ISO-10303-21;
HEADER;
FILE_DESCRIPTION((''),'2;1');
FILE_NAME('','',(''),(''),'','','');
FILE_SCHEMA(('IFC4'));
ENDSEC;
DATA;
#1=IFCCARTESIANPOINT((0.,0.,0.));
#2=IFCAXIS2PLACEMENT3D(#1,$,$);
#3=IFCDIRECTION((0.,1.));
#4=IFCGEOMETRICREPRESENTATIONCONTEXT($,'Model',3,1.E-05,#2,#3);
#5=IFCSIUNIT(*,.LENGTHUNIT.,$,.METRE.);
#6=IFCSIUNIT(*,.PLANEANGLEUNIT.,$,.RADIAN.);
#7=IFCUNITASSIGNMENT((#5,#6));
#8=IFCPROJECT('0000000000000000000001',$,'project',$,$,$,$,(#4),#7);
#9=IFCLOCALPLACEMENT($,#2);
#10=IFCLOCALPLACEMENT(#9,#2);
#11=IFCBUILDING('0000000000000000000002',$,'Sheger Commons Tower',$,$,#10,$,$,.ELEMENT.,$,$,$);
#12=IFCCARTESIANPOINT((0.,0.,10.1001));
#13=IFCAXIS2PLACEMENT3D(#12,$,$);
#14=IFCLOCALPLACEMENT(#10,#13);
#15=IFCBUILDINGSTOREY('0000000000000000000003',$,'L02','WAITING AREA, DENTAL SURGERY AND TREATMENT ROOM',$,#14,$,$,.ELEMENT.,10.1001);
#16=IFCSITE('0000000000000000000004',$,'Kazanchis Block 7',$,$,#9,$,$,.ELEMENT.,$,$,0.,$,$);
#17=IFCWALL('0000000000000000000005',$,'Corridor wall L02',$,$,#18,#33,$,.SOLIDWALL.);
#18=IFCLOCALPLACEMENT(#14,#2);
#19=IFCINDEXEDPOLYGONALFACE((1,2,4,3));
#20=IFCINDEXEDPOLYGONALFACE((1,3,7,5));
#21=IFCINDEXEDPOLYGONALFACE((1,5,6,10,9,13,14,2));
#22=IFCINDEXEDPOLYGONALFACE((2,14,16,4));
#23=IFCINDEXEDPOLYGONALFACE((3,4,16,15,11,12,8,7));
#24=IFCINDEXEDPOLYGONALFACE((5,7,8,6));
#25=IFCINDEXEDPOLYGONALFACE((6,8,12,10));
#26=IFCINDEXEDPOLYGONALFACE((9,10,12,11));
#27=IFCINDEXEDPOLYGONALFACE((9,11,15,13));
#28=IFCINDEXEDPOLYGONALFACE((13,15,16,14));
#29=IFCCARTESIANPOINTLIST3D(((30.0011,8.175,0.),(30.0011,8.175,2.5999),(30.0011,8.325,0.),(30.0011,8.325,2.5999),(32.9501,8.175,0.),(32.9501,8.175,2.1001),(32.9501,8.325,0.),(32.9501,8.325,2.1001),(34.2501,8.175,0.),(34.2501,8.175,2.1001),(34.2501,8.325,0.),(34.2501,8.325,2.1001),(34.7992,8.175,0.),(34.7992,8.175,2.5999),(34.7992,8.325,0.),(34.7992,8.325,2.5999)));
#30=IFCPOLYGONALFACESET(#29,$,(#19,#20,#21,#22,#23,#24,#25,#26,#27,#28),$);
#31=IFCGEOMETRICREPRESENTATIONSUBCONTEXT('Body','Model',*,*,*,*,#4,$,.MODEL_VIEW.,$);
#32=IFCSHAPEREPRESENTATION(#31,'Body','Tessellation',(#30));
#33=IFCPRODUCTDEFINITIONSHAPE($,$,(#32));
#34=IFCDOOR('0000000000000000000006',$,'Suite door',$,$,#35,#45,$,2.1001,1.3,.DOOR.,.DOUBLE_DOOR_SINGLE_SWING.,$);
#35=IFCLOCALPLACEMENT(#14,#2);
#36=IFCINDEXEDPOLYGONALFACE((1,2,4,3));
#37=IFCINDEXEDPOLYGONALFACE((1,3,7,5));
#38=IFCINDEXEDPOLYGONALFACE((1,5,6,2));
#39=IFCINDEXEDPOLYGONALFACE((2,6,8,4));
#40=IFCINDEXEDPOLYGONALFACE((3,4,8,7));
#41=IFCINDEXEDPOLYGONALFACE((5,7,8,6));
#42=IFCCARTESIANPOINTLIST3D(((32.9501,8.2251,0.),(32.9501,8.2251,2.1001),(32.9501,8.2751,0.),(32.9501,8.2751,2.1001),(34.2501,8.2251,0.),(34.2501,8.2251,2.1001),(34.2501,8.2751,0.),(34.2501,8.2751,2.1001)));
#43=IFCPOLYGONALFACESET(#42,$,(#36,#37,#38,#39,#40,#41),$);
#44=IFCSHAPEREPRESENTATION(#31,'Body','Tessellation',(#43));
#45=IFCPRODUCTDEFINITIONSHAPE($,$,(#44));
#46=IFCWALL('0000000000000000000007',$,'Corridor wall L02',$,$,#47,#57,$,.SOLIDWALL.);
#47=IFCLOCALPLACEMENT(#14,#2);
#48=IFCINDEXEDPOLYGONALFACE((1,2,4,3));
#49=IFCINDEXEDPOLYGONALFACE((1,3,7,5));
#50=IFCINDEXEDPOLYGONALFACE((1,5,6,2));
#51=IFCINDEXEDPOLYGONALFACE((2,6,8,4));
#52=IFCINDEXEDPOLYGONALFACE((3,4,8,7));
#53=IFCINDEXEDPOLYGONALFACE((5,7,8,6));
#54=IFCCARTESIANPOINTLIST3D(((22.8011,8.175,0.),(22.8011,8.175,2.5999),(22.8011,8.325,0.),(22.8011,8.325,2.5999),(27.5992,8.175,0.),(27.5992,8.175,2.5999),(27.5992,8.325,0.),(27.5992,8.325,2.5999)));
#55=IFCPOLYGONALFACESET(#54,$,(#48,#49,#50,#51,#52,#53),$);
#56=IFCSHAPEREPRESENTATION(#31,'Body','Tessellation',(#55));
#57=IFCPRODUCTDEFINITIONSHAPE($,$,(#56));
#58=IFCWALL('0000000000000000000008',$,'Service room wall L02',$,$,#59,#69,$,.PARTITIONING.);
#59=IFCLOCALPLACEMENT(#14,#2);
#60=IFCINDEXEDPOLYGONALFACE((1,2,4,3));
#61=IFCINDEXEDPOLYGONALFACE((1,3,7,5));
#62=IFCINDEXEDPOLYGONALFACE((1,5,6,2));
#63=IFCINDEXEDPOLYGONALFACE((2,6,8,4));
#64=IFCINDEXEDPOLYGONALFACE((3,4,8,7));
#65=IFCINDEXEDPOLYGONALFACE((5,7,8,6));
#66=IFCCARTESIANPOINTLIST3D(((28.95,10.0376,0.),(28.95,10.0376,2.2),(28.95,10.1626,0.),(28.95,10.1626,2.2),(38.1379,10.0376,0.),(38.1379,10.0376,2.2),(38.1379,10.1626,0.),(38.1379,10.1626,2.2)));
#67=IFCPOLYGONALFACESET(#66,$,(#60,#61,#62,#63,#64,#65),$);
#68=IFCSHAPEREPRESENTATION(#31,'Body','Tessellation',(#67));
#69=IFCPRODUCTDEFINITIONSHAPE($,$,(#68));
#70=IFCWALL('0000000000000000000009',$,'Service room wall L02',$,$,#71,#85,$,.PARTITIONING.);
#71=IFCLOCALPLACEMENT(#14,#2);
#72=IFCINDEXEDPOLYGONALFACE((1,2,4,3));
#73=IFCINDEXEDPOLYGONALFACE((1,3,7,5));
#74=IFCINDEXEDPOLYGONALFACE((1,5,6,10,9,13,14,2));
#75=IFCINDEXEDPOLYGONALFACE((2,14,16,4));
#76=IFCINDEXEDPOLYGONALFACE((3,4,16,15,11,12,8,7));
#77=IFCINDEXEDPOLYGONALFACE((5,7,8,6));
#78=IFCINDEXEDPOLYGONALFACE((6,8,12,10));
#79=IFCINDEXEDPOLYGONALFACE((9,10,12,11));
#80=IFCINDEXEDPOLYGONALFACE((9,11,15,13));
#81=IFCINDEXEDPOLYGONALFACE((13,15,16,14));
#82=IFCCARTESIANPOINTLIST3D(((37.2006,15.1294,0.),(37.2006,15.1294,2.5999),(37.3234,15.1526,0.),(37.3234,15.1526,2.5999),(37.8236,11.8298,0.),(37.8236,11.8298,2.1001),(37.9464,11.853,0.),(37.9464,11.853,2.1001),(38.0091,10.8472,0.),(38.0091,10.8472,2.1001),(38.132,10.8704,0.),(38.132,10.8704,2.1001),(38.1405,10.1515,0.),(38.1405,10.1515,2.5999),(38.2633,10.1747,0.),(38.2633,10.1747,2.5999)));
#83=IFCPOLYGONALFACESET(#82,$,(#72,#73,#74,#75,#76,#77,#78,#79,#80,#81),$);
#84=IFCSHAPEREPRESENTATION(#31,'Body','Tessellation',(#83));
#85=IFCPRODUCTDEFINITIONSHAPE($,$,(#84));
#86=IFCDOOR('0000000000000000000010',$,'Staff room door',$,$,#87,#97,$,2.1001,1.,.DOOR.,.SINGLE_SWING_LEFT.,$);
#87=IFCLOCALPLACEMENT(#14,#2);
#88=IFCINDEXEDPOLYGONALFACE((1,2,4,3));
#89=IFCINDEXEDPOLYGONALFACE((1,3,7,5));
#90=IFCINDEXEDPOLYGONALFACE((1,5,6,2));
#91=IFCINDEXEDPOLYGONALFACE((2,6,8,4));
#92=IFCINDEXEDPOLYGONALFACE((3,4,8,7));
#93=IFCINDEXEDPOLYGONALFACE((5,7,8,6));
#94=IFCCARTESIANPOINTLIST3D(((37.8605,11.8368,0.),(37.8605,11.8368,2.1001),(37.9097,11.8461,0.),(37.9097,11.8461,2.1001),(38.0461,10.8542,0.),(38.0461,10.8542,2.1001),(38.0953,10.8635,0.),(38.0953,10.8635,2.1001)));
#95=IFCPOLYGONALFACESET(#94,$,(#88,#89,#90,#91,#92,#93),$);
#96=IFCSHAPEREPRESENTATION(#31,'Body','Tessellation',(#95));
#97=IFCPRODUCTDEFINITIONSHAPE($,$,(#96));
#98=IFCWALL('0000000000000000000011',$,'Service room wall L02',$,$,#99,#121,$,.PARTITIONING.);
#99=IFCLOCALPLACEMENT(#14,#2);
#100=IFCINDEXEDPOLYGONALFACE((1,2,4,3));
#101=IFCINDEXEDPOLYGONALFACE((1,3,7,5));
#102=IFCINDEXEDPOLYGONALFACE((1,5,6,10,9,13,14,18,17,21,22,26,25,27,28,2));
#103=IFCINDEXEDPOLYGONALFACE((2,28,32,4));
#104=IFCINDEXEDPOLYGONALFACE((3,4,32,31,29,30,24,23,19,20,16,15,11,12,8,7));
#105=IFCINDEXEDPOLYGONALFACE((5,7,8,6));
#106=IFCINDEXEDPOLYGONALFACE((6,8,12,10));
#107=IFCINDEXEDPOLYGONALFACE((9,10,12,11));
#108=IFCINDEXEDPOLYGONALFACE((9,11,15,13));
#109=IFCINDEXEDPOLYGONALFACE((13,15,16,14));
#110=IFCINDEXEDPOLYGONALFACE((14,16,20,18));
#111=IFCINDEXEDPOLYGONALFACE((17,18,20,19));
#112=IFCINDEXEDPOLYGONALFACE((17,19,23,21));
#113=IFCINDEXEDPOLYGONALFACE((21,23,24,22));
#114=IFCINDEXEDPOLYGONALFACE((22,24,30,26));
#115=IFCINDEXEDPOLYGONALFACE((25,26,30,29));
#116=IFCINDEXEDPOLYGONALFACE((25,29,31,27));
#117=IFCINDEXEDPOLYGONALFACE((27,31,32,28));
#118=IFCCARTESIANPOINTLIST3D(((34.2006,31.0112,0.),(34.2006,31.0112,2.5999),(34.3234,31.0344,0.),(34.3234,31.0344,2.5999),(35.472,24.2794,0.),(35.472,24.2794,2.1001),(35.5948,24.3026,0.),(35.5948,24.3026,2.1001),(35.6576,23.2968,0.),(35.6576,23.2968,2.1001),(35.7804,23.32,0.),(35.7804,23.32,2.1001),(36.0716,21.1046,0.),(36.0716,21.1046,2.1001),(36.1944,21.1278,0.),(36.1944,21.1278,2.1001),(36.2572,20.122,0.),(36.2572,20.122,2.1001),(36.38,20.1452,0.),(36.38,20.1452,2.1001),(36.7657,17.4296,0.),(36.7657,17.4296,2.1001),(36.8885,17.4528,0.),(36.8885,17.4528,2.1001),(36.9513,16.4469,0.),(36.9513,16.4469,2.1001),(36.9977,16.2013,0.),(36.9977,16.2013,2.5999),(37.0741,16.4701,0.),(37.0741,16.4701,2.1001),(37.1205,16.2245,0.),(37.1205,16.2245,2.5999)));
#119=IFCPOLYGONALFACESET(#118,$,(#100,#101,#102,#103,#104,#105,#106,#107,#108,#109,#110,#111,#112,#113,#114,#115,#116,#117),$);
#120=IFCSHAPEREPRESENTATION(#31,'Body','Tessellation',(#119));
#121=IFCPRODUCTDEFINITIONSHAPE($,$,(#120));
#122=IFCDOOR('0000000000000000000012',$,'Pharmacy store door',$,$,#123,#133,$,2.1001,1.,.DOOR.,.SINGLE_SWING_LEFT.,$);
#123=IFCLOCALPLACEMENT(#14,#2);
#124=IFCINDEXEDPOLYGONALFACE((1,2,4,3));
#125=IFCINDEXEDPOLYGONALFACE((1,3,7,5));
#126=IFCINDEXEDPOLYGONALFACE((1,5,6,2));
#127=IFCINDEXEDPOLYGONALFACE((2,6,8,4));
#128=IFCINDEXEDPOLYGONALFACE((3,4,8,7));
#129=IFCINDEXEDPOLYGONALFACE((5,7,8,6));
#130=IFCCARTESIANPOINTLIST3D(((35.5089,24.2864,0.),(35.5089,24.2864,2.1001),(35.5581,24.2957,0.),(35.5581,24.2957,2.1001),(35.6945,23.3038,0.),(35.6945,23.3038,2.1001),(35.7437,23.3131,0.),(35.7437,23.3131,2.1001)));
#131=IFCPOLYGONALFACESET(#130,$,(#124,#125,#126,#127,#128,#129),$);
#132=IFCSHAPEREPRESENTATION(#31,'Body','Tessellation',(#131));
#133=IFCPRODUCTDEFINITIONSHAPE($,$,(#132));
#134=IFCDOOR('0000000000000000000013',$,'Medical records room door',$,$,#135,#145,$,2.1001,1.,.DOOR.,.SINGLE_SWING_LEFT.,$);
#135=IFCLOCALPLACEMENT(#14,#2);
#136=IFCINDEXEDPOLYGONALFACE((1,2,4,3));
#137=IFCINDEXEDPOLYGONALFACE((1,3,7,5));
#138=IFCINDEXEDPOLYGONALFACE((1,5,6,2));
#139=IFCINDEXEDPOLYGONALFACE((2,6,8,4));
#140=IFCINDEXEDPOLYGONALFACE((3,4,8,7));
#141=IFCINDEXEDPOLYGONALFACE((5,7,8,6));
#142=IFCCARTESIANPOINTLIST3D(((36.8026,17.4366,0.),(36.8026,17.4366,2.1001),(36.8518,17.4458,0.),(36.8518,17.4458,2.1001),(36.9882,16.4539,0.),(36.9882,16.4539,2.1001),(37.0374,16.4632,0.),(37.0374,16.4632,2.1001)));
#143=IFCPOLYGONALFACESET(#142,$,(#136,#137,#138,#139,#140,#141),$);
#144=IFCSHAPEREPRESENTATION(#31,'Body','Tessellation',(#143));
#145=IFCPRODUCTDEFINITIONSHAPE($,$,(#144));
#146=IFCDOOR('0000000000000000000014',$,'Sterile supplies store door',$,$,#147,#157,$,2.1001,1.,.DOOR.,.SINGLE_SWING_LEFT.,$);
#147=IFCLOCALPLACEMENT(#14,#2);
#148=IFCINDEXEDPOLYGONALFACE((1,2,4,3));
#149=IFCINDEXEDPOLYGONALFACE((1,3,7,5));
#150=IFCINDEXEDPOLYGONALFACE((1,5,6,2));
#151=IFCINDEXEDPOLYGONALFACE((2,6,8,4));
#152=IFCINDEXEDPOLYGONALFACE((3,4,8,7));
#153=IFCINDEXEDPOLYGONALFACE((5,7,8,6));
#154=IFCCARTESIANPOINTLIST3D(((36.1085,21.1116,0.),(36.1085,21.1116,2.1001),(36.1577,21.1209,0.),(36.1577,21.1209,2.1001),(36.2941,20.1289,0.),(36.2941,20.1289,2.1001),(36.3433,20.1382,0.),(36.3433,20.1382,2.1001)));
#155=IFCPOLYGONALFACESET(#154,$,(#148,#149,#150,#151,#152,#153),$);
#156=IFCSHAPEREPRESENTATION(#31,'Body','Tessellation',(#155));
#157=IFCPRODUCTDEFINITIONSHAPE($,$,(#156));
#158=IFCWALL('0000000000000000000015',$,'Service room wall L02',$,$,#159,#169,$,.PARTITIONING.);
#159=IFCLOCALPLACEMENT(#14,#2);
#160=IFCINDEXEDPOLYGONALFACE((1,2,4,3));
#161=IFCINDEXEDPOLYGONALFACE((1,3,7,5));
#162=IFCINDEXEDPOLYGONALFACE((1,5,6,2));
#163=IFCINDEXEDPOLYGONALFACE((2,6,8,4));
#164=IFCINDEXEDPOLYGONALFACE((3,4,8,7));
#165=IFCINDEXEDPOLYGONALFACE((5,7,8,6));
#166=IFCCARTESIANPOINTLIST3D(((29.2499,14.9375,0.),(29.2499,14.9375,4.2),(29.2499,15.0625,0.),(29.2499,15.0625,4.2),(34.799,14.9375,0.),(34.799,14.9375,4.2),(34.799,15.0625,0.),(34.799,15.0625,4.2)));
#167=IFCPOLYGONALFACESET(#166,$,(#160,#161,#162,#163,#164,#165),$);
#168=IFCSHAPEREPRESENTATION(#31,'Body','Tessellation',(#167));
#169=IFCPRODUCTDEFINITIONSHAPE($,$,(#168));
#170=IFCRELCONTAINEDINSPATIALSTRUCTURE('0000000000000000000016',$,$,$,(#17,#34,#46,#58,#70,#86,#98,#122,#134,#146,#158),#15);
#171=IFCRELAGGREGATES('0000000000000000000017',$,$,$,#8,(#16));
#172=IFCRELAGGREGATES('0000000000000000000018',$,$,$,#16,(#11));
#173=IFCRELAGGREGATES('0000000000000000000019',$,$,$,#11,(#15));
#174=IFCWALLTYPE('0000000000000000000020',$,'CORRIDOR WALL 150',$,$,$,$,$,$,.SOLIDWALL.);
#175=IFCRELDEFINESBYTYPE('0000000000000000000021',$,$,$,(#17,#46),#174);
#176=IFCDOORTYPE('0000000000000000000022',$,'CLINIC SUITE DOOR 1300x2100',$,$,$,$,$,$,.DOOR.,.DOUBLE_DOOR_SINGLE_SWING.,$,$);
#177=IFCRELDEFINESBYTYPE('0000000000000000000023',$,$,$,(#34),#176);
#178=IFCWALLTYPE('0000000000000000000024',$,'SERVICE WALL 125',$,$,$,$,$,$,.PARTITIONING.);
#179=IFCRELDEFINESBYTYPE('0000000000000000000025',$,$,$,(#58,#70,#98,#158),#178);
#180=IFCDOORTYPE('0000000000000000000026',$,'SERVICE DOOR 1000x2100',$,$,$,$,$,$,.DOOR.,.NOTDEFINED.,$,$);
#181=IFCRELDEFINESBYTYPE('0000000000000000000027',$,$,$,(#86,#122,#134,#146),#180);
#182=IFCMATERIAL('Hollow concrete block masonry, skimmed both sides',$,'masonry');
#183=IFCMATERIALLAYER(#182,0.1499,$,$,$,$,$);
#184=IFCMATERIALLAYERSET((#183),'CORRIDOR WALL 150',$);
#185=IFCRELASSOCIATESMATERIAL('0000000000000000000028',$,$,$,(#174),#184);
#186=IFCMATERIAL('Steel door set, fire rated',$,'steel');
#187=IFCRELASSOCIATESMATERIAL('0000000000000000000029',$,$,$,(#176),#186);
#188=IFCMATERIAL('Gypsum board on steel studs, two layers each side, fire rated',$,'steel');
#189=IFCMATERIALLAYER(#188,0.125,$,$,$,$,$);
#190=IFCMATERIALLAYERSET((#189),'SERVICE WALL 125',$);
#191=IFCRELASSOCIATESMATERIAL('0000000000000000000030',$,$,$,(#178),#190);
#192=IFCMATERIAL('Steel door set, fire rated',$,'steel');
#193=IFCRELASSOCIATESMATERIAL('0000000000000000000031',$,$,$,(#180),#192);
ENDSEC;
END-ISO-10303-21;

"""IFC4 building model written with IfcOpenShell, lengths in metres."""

from ifc_helpers import new_model, si_unit, direction, frame, frame_2d, origin, place, context, subcontext, project, spatial, rectangle, extrude, material, layer, layer_set, type_object, element, fill, save


model = new_model("IFC4")

# Units and contexts
model_context = context("Model", 3, precision=1e-05, world=origin(), true_north=direction((0.0, 1.0)))
body_context = subcontext(model_context, "Body", "Model", "MODEL_VIEW")
ifc_project = project(units=[si_unit("LENGTHUNIT", "METRE"), si_unit("PLANEANGLEUNIT", "RADIAN")], contexts=[model_context])

# Site, building, storey
site_placement = place(None, origin())
site = spatial("IfcSite", under=ifc_project, at=site_placement, Name="Kazanchis Block 7", CompositionType="ELEMENT", RefElevation=0.0)
building_placement = place(site_placement, origin())
building = spatial("IfcBuilding", under=site, at=building_placement, Name="Sheger Commons Tower", CompositionType="ELEMENT")
storey_placement = place(building_placement, frame((0.0, 0.0, 10.1001)))
storey = spatial("IfcBuildingStorey", under=building, at=storey_placement, Name="L02", Description="WAITING AREA, DENTAL SURGERY AND TREATMENT ROOM", CompositionType="ELEMENT", Elevation=10.1001)

# Wall, opening, door
ifc_material_1 = material(Name="Hollow concrete block masonry, skimmed both sides", Category="masonry")
ifc_layer_1 = layer(ifc_material_1, 0.1499)
ifc_layer_set_1 = layer_set([ifc_layer_1], Name="CORRIDOR WALL 150")
wall_type_1 = type_object("IfcWallType", Name="CORRIDOR WALL 150", PredefinedType="SOLIDWALL", material=ifc_layer_set_1)
wall_1_placement = place(storey_placement, frame((34.7991, 8.25, 0.0), z_axis=(0.0, 0.0, 1.0), x_axis=(-1.0, 0.0, 0.0)))
wall_1 = element("IfcWall", 1, at=wall_1_placement, inside=storey, type_object=wall_type_1, Name="Corridor wall L02", PredefinedType="SOLIDWALL", context=body_context, shape_type="SweptSolid", body=[
    extrude(rectangle(XDim=4.7981, YDim=0.1499, at=frame_2d((2.3989, 0.0))), origin(), (0.0, 0.0, 1.0), 2.5999),
])
opening_1_placement = place(wall_1_placement, frame((0.5491, 0.0, 0.0)))
opening_1 = element("IfcOpeningElement", 2, at=opening_1_placement, cuts=wall_1, PredefinedType="OPENING", context=body_context, shape_type="SweptSolid", body=[
    extrude(rectangle(XDim=1.3, YDim=2.1001, at=frame_2d((0.6499, 1.05))), frame((0.0, 0.085, 0.0), z_axis=(0.0, -1.0, 0.0), x_axis=(1.0, 0.0, 0.0)), (0.0, 0.0, 1.0), 0.1699),
])
ifc_material_2 = material(Name="Steel door set, fire rated", Category="steel")
door_type_1 = type_object("IfcDoorType", Name="CLINIC SUITE DOOR 1300x2100", OperationType="DOUBLE_DOOR_SINGLE_SWING", PredefinedType="DOOR", material=ifc_material_2)
door_1_placement = place(opening_1_placement, origin())
door_1 = element("IfcDoor", 3, at=door_1_placement, inside=storey, type_object=door_type_1, Name="Suite door", OperationType="DOUBLE_DOOR_SINGLE_SWING", OverallHeight=2.1001, OverallWidth=1.3, PredefinedType="DOOR", context=body_context, shape_type="SweptSolid", body=[
    extrude(rectangle(XDim=1.3, YDim=2.1001, at=frame_2d((0.6499, 1.05))), frame((0.0, 0.0249, 0.0), z_axis=(0.0, -1.0, 0.0), x_axis=(1.0, 0.0, 0.0)), (0.0, 0.0, 1.0), 0.05),
])
fill(opening_1, door_1)

# Walls
wall_2_placement = place(storey_placement, frame((27.5991, 8.25, 0.0), z_axis=(0.0, 0.0, 1.0), x_axis=(-1.0, 0.0, 0.0)))
element("IfcWall", 4, at=wall_2_placement, inside=storey, type_object=wall_type_1, Name="Corridor wall L02", PredefinedType="SOLIDWALL", context=body_context, shape_type="SweptSolid", body=[
    extrude(rectangle(XDim=4.7981, YDim=0.1499, at=frame_2d((2.3989, 0.0))), origin(), (0.0, 0.0, 1.0), 2.5999),
])
ifc_material_3 = material(Name="Gypsum board on steel studs, two layers each side, fire rated", Category="steel")
ifc_layer_2 = layer(ifc_material_3, 0.125)
ifc_layer_set_2 = layer_set([ifc_layer_2], Name="SERVICE WALL 125")
wall_type_2 = type_object("IfcWallType", Name="SERVICE WALL 125", PredefinedType="PARTITIONING", material=ifc_layer_set_2)
wall_3_placement = place(storey_placement, frame((28.95, 10.1001, 0.0), z_axis=(0.0, 0.0, 1.0), x_axis=(1.0, 0.0, 0.0)))
element("IfcWall", 5, at=wall_3_placement, inside=storey, type_object=wall_type_2, Name="Service room wall L02", PredefinedType="PARTITIONING", context=body_context, shape_type="SweptSolid", body=[
    extrude(rectangle(XDim=9.188, YDim=0.125, at=frame_2d((4.594, 0.0))), origin(), (0.0, 0.0, 1.0), 2.2),
])

# Wall, opening, door
wall_4_placement = place(storey_placement, frame((38.2019, 10.1631, 0.0), z_axis=(0.0, 0.0, 1.0), x_axis=(-0.18554, 0.982637, 0.0)))
wall_4 = element("IfcWall", 6, at=wall_4_placement, inside=storey, type_object=wall_type_2, Name="Service room wall L02", PredefinedType="PARTITIONING", context=body_context, shape_type="SweptSolid", body=[
    extrude(rectangle(XDim=5.0659, YDim=0.125, at=frame_2d((2.533, 0.0))), origin(), (0.0, 0.0, 1.0), 2.5999),
])
opening_2_placement = place(wall_4_placement, frame((0.708, 0.0, 0.0)))
opening_2 = element("IfcOpeningElement", 7, at=opening_2_placement, cuts=wall_4, PredefinedType="OPENING", context=body_context, shape_type="SweptSolid", body=[
    extrude(rectangle(XDim=1.0, YDim=2.1001, at=frame_2d((0.5, 1.05))), frame((0.0, 0.0725, 0.0), z_axis=(0.0, -1.0, 0.0), x_axis=(1.0, 0.0, 0.0)), (0.0, 0.0, 1.0), 0.145),
])
ifc_material_4 = material(Name="Steel door set, fire rated", Category="steel")
door_type_2 = type_object("IfcDoorType", Name="SERVICE DOOR 1000x2100", OperationType="NOTDEFINED", PredefinedType="DOOR", material=ifc_material_4)
door_2_placement = place(opening_2_placement, origin())
door_2 = element("IfcDoor", 8, at=door_2_placement, inside=storey, type_object=door_type_2, Name="Staff room door", OperationType="SINGLE_SWING_LEFT", OverallHeight=2.1001, OverallWidth=1.0, PredefinedType="DOOR", context=body_context, shape_type="SweptSolid", body=[
    extrude(rectangle(XDim=1.0, YDim=2.1001, at=frame_2d((0.5, 1.05))), frame((0.0, 0.0249, 0.0), z_axis=(0.0, -1.0, 0.0), x_axis=(1.0, 0.0, 0.0)), (0.0, 0.0, 1.0), 0.05),
])
fill(opening_2, door_2)

# Wall, openings, doors
wall_5_placement = place(storey_placement, frame((37.0591, 16.2129, 0.0), z_axis=(0.0, 0.0, 1.0), x_axis=(-0.185585, 0.982628, 0.0)))
wall_5 = element("IfcWall", 9, at=wall_5_placement, inside=storey, type_object=wall_type_2, Name="Service room wall L02", PredefinedType="PARTITIONING", context=body_context, shape_type="SweptSolid", body=[
    extrude(rectangle(XDim=15.0718, YDim=0.125, at=frame_2d((7.5359, 0.0))), origin(), (0.0, 0.0, 1.0), 2.5999),
])
opening_3_placement = place(wall_5_placement, frame((7.2209, 0.0, 0.0)))
opening_3 = element("IfcOpeningElement", 10, at=opening_3_placement, cuts=wall_5, PredefinedType="OPENING", context=body_context, shape_type="SweptSolid", body=[
    extrude(rectangle(XDim=1.0, YDim=2.1001, at=frame_2d((0.5, 1.05))), frame((0.0, 0.0725, 0.0), z_axis=(0.0, -1.0, 0.0), x_axis=(1.0, 0.0, 0.0)), (0.0, 0.0, 1.0), 0.145),
])
opening_4_placement = place(wall_5_placement, frame((0.25, 0.0, 0.0)))
opening_4 = element("IfcOpeningElement", 11, at=opening_4_placement, cuts=wall_5, PredefinedType="OPENING", context=body_context, shape_type="SweptSolid", body=[
    extrude(rectangle(XDim=1.0, YDim=2.1001, at=frame_2d((0.5, 1.05))), frame((0.0, 0.0725, 0.0), z_axis=(0.0, -1.0, 0.0), x_axis=(1.0, 0.0, 0.0)), (0.0, 0.0, 1.0), 0.145),
])
opening_5_placement = place(wall_5_placement, frame((3.99, 0.0, 0.0)))
opening_5 = element("IfcOpeningElement", 12, at=opening_5_placement, cuts=wall_5, PredefinedType="OPENING", context=body_context, shape_type="SweptSolid", body=[
    extrude(rectangle(XDim=1.0, YDim=2.1001, at=frame_2d((0.5, 1.05))), frame((0.0, 0.0725, 0.0), z_axis=(0.0, -1.0, 0.0), x_axis=(1.0, 0.0, 0.0)), (0.0, 0.0, 1.0), 0.145),
])
door_3_placement = place(opening_3_placement, origin())
door_3 = element("IfcDoor", 13, at=door_3_placement, inside=storey, type_object=door_type_2, Name="Pharmacy store door", OperationType="SINGLE_SWING_LEFT", OverallHeight=2.1001, OverallWidth=1.0, PredefinedType="DOOR", context=body_context, shape_type="SweptSolid", body=[
    extrude(rectangle(XDim=1.0, YDim=2.1001, at=frame_2d((0.5, 1.05))), frame((0.0, 0.0249, 0.0), z_axis=(0.0, -1.0, 0.0), x_axis=(1.0, 0.0, 0.0)), (0.0, 0.0, 1.0), 0.05),
])
fill(opening_3, door_3)
door_4_placement = place(opening_4_placement, origin())
door_4 = element("IfcDoor", 14, at=door_4_placement, inside=storey, type_object=door_type_2, Name="Medical records room door", OperationType="SINGLE_SWING_LEFT", OverallHeight=2.1001, OverallWidth=1.0, PredefinedType="DOOR", context=body_context, shape_type="SweptSolid", body=[
    extrude(rectangle(XDim=1.0, YDim=2.1001, at=frame_2d((0.5, 1.05))), frame((0.0, 0.0249, 0.0), z_axis=(0.0, -1.0, 0.0), x_axis=(1.0, 0.0, 0.0)), (0.0, 0.0, 1.0), 0.05),
])
fill(opening_4, door_4)
door_5_placement = place(opening_5_placement, origin())
door_5 = element("IfcDoor", 15, at=door_5_placement, inside=storey, type_object=door_type_2, Name="Sterile supplies store door", OperationType="SINGLE_SWING_LEFT", OverallHeight=2.1001, OverallWidth=1.0, PredefinedType="DOOR", context=body_context, shape_type="SweptSolid", body=[
    extrude(rectangle(XDim=1.0, YDim=2.1001, at=frame_2d((0.5, 1.05))), frame((0.0, 0.0249, 0.0), z_axis=(0.0, -1.0, 0.0), x_axis=(1.0, 0.0, 0.0)), (0.0, 0.0, 1.0), 0.05),
])
fill(opening_5, door_5)

# Wall
wall_6_placement = place(storey_placement, frame((29.25, 15.0, 0.0), z_axis=(0.0, 0.0, 1.0), x_axis=(1.0, 0.0, 0.0)))
element("IfcWall", 16, at=wall_6_placement, inside=storey, type_object=wall_type_2, Name="Service room wall L02", PredefinedType="PARTITIONING", context=body_context, shape_type="SweptSolid", body=[
    extrude(rectangle(XDim=5.5491, YDim=0.125, at=frame_2d((2.7744, 0.0))), origin(), (0.0, 0.0, 1.0), 4.2),
])

save(model, "model.ifc")
